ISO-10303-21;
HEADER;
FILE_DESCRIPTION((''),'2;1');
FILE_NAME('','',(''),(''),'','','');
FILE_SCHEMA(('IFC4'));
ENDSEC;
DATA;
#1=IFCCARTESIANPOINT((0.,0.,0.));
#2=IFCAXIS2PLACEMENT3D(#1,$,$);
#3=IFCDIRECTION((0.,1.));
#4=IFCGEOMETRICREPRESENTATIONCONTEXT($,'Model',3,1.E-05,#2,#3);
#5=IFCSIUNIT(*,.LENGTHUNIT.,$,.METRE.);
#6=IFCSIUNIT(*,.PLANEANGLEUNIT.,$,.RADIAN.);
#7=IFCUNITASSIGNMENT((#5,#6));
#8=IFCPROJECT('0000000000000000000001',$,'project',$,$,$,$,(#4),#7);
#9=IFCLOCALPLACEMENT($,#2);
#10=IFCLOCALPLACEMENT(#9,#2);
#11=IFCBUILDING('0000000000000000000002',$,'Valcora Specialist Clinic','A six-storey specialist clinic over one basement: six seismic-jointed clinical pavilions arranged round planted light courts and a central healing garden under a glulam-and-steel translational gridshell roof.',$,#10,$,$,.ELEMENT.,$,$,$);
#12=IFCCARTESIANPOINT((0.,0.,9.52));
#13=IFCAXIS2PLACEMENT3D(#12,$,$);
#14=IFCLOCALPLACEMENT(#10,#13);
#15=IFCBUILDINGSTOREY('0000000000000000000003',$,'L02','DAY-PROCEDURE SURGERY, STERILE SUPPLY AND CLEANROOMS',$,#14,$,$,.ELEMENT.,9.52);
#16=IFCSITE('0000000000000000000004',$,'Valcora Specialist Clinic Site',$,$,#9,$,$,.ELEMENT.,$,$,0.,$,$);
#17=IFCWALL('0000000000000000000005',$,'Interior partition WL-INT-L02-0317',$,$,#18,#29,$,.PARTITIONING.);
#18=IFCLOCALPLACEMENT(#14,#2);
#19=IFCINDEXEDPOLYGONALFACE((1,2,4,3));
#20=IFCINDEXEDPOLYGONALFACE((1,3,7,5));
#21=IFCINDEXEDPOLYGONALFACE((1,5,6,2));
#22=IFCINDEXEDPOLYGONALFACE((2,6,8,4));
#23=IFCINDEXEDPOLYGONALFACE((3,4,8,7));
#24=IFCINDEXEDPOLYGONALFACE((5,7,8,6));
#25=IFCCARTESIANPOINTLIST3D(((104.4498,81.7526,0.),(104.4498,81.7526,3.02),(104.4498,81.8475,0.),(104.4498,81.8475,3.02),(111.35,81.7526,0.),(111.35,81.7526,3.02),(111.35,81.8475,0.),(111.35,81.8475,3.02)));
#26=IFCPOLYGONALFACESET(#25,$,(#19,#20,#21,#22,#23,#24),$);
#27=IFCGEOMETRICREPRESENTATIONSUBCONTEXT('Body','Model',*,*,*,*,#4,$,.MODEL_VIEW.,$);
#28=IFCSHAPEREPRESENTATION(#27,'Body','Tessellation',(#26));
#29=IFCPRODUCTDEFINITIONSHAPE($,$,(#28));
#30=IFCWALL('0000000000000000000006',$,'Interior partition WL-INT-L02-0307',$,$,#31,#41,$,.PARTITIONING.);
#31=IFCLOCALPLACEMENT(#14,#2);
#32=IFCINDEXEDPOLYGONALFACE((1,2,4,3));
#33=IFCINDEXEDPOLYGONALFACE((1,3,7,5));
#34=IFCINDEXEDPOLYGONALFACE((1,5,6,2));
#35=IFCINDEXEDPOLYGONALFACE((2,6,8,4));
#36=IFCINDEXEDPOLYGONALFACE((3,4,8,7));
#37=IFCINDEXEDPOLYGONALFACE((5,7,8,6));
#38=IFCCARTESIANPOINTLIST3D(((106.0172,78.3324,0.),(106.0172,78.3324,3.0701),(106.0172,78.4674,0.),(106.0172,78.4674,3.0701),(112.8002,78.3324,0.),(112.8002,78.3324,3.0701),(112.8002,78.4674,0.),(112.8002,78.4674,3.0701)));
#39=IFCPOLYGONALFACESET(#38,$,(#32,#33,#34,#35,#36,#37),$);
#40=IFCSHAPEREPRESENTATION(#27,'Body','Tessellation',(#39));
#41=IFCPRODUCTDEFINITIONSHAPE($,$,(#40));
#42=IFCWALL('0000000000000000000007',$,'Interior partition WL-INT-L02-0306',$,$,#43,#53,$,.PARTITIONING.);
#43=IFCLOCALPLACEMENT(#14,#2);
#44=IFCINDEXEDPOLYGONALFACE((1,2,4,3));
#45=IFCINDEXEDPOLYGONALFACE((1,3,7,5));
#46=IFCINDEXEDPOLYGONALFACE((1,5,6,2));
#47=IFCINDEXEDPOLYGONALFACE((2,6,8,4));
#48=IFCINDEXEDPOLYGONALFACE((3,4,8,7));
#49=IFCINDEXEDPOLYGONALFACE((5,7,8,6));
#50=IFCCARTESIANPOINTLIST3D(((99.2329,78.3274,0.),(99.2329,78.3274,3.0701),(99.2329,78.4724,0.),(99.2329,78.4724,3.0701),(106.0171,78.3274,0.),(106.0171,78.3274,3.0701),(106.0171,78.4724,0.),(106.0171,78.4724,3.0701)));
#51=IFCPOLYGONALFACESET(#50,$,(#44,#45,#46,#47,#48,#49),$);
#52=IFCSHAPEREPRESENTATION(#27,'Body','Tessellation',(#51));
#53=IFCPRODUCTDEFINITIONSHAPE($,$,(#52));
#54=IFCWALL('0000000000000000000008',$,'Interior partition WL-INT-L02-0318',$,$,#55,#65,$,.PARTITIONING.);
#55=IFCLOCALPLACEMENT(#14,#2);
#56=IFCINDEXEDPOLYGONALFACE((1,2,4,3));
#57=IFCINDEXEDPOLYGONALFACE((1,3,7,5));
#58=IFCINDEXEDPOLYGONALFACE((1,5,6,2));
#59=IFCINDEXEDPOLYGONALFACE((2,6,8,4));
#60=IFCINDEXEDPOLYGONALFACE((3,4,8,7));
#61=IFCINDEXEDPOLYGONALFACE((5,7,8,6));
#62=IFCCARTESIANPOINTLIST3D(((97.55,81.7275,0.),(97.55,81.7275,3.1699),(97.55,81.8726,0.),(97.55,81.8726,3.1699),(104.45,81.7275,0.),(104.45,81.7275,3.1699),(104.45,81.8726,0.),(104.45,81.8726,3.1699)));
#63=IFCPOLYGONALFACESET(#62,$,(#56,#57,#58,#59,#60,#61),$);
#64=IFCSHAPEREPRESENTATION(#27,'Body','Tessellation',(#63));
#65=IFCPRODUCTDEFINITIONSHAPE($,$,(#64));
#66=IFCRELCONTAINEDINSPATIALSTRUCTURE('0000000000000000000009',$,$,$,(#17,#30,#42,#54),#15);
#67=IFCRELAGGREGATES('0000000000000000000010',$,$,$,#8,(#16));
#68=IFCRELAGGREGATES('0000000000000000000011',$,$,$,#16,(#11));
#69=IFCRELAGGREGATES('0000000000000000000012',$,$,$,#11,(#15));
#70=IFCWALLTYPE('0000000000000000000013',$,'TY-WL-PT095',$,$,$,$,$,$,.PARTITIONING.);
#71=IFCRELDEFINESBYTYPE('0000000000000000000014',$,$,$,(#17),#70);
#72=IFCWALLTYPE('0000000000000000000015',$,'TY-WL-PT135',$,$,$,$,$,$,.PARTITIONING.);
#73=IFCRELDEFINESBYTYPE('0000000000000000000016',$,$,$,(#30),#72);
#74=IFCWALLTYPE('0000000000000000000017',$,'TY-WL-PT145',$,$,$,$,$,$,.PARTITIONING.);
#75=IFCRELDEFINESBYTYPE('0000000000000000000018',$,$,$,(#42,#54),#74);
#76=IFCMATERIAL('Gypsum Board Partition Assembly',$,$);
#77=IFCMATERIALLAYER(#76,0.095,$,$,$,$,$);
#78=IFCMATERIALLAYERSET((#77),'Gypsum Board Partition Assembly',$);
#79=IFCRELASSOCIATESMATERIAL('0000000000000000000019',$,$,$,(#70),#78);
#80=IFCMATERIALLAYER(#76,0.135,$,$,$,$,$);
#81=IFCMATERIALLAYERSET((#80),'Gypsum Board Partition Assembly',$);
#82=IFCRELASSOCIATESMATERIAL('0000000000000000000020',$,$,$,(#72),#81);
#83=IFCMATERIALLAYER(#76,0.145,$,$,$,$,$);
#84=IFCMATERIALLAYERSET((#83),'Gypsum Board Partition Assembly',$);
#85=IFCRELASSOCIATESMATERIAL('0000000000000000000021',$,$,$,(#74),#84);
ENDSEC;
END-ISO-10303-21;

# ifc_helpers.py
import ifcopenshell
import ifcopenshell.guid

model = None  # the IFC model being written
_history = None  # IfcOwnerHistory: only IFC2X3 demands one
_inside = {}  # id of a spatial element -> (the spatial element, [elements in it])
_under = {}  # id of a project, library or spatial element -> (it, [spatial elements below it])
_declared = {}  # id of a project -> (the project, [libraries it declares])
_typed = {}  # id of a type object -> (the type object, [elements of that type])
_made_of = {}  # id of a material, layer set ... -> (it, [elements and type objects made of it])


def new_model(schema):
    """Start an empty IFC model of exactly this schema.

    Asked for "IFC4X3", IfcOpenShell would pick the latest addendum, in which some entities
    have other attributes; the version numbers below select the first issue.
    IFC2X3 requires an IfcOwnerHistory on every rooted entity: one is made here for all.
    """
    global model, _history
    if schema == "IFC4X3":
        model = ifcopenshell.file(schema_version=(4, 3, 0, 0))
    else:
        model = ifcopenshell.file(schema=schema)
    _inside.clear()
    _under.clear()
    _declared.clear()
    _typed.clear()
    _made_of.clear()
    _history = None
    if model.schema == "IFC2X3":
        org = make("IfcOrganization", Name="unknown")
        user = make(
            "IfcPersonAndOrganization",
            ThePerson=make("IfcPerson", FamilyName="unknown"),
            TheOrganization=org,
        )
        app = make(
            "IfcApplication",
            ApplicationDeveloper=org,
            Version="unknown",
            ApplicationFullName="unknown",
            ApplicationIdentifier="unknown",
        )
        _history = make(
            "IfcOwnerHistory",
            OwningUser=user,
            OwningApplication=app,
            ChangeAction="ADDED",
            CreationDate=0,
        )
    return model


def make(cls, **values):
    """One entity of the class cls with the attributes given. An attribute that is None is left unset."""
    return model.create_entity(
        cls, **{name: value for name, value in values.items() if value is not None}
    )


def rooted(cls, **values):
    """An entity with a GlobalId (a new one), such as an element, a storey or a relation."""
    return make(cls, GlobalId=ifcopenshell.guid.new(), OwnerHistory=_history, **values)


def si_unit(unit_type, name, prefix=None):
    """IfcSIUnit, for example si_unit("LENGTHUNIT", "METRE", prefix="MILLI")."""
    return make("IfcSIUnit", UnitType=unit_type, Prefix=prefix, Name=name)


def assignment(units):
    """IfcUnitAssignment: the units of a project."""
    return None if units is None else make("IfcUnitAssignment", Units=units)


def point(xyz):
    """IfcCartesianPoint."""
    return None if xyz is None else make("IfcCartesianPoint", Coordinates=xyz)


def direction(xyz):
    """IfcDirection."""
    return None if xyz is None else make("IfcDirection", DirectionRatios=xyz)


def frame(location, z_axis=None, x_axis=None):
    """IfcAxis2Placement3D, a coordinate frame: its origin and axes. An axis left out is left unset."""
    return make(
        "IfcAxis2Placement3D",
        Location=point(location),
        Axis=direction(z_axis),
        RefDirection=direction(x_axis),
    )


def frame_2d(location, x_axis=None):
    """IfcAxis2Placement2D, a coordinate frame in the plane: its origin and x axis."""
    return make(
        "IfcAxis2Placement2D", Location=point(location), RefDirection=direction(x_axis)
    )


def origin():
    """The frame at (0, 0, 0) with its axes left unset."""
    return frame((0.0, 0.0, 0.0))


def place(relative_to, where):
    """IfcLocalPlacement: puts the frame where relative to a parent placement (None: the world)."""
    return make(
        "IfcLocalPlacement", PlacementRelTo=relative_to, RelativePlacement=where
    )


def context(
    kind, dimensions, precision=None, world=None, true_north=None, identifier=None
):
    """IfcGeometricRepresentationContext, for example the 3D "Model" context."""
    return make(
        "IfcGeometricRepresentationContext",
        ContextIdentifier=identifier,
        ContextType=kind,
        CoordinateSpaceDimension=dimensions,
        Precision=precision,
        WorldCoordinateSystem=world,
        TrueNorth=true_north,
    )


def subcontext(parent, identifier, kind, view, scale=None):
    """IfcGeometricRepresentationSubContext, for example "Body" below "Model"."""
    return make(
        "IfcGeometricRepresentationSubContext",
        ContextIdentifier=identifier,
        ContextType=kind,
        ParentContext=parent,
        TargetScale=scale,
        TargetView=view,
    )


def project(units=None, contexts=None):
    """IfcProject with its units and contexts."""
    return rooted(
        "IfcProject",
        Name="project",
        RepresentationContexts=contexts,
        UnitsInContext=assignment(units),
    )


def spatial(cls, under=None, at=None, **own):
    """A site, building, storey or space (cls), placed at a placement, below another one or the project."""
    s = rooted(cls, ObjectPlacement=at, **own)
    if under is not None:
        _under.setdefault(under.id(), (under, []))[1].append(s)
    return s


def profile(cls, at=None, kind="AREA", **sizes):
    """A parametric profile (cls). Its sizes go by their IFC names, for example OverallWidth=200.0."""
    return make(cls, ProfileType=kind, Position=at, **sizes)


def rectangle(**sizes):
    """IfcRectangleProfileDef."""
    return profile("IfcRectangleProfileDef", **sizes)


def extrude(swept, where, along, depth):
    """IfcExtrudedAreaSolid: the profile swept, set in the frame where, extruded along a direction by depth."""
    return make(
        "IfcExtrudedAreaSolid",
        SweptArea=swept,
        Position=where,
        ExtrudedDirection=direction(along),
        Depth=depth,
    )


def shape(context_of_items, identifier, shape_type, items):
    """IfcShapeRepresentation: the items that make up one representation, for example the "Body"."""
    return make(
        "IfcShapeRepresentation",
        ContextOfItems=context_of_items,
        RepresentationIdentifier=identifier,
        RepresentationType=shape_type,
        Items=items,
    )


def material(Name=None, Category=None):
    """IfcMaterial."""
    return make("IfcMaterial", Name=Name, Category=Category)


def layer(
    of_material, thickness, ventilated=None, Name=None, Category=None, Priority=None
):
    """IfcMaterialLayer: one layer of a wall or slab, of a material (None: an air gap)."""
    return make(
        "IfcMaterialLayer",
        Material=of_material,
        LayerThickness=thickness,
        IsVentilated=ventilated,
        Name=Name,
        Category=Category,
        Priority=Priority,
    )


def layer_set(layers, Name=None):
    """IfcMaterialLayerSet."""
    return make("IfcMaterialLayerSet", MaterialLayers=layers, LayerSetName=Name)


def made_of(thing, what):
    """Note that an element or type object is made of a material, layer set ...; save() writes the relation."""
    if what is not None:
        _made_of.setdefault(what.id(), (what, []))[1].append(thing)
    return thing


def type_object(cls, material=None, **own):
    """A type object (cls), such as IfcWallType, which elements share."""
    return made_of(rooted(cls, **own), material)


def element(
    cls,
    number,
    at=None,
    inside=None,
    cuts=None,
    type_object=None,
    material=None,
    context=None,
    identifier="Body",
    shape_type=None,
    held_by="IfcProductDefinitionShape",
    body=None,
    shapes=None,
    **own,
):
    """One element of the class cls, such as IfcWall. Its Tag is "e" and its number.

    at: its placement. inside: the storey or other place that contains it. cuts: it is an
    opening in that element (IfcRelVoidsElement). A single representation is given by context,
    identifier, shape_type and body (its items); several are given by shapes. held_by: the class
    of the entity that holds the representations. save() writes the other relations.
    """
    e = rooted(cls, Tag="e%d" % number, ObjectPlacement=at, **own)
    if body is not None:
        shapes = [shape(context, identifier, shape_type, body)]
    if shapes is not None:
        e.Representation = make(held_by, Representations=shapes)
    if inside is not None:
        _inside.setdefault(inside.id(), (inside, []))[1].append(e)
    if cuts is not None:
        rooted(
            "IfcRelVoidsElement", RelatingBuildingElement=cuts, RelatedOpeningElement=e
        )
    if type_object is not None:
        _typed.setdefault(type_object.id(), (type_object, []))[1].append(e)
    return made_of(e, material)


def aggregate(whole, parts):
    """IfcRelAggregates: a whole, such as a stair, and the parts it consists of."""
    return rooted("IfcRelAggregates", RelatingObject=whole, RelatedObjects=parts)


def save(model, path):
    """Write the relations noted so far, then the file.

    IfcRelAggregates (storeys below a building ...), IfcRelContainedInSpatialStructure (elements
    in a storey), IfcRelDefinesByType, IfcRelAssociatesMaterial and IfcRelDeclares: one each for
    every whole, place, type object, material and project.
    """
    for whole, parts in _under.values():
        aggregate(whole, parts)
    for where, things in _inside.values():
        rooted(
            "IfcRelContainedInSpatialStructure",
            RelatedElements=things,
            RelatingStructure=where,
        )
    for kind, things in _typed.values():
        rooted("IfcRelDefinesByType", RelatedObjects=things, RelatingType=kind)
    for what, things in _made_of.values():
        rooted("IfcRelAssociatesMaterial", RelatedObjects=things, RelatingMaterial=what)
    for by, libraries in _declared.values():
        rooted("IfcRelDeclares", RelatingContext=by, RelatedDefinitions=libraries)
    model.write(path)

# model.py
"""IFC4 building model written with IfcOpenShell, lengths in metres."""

from ifc_helpers import new_model, si_unit, direction, frame, frame_2d, origin, place, context, subcontext, project, spatial, rectangle, extrude, material, layer, layer_set, type_object, element, save


model = new_model("IFC4")

# Units and contexts
model_context = context("Model", 3, precision=1e-05, world=origin(), true_north=direction((0.0, 1.0)))
body_context = subcontext(model_context, "Body", "Model", "MODEL_VIEW")
ifc_project = project(units=[si_unit("LENGTHUNIT", "METRE"), si_unit("PLANEANGLEUNIT", "RADIAN")], contexts=[model_context])

# Site, building, storey
site_placement = place(None, origin())
site = spatial("IfcSite", under=ifc_project, at=site_placement, Name="Valcora Specialist Clinic Site", CompositionType="ELEMENT", RefElevation=0.0)
building_placement = place(site_placement, origin())
building = spatial("IfcBuilding", under=site, at=building_placement, Name="Valcora Specialist Clinic", Description="A six-storey specialist clinic over one basement: six seismic-jointed clinical pavilions arranged round planted light courts and a central healing garden under a glulam-and-steel translational gridshell roof.", CompositionType="ELEMENT")
storey_placement = place(building_placement, frame((0.0, 0.0, 9.52)))
storey = spatial("IfcBuildingStorey", under=building, at=storey_placement, Name="L02", Description="DAY-PROCEDURE SURGERY, STERILE SUPPLY AND CLEANROOMS", CompositionType="ELEMENT", Elevation=9.52)

# Walls
ifc_material_1 = material(Name="Gypsum Board Partition Assembly")
ifc_layer_1 = layer(ifc_material_1, 0.095)
ifc_layer_set_1 = layer_set([ifc_layer_1], Name="Gypsum Board Partition Assembly")
wall_type_1 = type_object("IfcWallType", Name="TY-WL-PT095", PredefinedType="PARTITIONING", material=ifc_layer_set_1)
wall_1_placement = place(storey_placement, frame((111.3501, 81.8, 0.0), z_axis=(0.0, 0.0, 1.0), x_axis=(-1.0, 0.0, 0.0)))
element("IfcWall", 1, at=wall_1_placement, inside=storey, type_object=wall_type_1, Name="Interior partition WL-INT-L02-0317", PredefinedType="PARTITIONING", context=body_context, shape_type="SweptSolid", body=[
    extrude(rectangle(XDim=6.9001, YDim=0.095, at=frame_2d((3.4502, 0.0))), origin(), (0.0, 0.0, 1.0), 3.02),
])
ifc_layer_2 = layer(ifc_material_1, 0.135)
ifc_layer_set_2 = layer_set([ifc_layer_2], Name="Gypsum Board Partition Assembly")
wall_type_2 = type_object("IfcWallType", Name="TY-WL-PT135", PredefinedType="PARTITIONING", material=ifc_layer_set_2)
wall_2_placement = place(storey_placement, frame((106.0171, 78.3999, 0.0), z_axis=(0.0, 0.0, 1.0), x_axis=(1.0, 0.0, 0.0)))
element("IfcWall", 2, at=wall_2_placement, inside=storey, type_object=wall_type_2, Name="Interior partition WL-INT-L02-0307", PredefinedType="PARTITIONING", context=body_context, shape_type="SweptSolid", body=[
    extrude(rectangle(XDim=6.783, YDim=0.135, at=frame_2d((3.3916, 0.0))), origin(), (0.0, 0.0, 1.0), 3.0701),
])
ifc_layer_3 = layer(ifc_material_1, 0.145)
ifc_layer_set_3 = layer_set([ifc_layer_3], Name="Gypsum Board Partition Assembly")
wall_type_3 = type_object("IfcWallType", Name="TY-WL-PT145", PredefinedType="PARTITIONING", material=ifc_layer_set_3)
wall_3_placement = place(storey_placement, frame((99.2329, 78.3999, 0.0), z_axis=(0.0, 0.0, 1.0), x_axis=(1.0, 0.0, 0.0)))
element("IfcWall", 3, at=wall_3_placement, inside=storey, type_object=wall_type_3, Name="Interior partition WL-INT-L02-0306", PredefinedType="PARTITIONING", context=body_context, shape_type="SweptSolid", body=[
    extrude(rectangle(XDim=6.7842, YDim=0.145, at=frame_2d((3.3921, 0.0))), origin(), (0.0, 0.0, 1.0), 3.0701),
])
wall_4_placement = place(storey_placement, frame((104.45, 81.8, 0.0), z_axis=(0.0, 0.0, 1.0), x_axis=(-1.0, 0.0, 0.0)))
element("IfcWall", 4, at=wall_4_placement, inside=storey, type_object=wall_type_3, Name="Interior partition WL-INT-L02-0318", PredefinedType="PARTITIONING", context=body_context, shape_type="SweptSolid", body=[
    extrude(rectangle(XDim=6.8999, YDim=0.145, at=frame_2d((3.45, 0.0))), origin(), (0.0, 0.0, 1.0), 3.1699),
])

save(model, "model.ifc")
